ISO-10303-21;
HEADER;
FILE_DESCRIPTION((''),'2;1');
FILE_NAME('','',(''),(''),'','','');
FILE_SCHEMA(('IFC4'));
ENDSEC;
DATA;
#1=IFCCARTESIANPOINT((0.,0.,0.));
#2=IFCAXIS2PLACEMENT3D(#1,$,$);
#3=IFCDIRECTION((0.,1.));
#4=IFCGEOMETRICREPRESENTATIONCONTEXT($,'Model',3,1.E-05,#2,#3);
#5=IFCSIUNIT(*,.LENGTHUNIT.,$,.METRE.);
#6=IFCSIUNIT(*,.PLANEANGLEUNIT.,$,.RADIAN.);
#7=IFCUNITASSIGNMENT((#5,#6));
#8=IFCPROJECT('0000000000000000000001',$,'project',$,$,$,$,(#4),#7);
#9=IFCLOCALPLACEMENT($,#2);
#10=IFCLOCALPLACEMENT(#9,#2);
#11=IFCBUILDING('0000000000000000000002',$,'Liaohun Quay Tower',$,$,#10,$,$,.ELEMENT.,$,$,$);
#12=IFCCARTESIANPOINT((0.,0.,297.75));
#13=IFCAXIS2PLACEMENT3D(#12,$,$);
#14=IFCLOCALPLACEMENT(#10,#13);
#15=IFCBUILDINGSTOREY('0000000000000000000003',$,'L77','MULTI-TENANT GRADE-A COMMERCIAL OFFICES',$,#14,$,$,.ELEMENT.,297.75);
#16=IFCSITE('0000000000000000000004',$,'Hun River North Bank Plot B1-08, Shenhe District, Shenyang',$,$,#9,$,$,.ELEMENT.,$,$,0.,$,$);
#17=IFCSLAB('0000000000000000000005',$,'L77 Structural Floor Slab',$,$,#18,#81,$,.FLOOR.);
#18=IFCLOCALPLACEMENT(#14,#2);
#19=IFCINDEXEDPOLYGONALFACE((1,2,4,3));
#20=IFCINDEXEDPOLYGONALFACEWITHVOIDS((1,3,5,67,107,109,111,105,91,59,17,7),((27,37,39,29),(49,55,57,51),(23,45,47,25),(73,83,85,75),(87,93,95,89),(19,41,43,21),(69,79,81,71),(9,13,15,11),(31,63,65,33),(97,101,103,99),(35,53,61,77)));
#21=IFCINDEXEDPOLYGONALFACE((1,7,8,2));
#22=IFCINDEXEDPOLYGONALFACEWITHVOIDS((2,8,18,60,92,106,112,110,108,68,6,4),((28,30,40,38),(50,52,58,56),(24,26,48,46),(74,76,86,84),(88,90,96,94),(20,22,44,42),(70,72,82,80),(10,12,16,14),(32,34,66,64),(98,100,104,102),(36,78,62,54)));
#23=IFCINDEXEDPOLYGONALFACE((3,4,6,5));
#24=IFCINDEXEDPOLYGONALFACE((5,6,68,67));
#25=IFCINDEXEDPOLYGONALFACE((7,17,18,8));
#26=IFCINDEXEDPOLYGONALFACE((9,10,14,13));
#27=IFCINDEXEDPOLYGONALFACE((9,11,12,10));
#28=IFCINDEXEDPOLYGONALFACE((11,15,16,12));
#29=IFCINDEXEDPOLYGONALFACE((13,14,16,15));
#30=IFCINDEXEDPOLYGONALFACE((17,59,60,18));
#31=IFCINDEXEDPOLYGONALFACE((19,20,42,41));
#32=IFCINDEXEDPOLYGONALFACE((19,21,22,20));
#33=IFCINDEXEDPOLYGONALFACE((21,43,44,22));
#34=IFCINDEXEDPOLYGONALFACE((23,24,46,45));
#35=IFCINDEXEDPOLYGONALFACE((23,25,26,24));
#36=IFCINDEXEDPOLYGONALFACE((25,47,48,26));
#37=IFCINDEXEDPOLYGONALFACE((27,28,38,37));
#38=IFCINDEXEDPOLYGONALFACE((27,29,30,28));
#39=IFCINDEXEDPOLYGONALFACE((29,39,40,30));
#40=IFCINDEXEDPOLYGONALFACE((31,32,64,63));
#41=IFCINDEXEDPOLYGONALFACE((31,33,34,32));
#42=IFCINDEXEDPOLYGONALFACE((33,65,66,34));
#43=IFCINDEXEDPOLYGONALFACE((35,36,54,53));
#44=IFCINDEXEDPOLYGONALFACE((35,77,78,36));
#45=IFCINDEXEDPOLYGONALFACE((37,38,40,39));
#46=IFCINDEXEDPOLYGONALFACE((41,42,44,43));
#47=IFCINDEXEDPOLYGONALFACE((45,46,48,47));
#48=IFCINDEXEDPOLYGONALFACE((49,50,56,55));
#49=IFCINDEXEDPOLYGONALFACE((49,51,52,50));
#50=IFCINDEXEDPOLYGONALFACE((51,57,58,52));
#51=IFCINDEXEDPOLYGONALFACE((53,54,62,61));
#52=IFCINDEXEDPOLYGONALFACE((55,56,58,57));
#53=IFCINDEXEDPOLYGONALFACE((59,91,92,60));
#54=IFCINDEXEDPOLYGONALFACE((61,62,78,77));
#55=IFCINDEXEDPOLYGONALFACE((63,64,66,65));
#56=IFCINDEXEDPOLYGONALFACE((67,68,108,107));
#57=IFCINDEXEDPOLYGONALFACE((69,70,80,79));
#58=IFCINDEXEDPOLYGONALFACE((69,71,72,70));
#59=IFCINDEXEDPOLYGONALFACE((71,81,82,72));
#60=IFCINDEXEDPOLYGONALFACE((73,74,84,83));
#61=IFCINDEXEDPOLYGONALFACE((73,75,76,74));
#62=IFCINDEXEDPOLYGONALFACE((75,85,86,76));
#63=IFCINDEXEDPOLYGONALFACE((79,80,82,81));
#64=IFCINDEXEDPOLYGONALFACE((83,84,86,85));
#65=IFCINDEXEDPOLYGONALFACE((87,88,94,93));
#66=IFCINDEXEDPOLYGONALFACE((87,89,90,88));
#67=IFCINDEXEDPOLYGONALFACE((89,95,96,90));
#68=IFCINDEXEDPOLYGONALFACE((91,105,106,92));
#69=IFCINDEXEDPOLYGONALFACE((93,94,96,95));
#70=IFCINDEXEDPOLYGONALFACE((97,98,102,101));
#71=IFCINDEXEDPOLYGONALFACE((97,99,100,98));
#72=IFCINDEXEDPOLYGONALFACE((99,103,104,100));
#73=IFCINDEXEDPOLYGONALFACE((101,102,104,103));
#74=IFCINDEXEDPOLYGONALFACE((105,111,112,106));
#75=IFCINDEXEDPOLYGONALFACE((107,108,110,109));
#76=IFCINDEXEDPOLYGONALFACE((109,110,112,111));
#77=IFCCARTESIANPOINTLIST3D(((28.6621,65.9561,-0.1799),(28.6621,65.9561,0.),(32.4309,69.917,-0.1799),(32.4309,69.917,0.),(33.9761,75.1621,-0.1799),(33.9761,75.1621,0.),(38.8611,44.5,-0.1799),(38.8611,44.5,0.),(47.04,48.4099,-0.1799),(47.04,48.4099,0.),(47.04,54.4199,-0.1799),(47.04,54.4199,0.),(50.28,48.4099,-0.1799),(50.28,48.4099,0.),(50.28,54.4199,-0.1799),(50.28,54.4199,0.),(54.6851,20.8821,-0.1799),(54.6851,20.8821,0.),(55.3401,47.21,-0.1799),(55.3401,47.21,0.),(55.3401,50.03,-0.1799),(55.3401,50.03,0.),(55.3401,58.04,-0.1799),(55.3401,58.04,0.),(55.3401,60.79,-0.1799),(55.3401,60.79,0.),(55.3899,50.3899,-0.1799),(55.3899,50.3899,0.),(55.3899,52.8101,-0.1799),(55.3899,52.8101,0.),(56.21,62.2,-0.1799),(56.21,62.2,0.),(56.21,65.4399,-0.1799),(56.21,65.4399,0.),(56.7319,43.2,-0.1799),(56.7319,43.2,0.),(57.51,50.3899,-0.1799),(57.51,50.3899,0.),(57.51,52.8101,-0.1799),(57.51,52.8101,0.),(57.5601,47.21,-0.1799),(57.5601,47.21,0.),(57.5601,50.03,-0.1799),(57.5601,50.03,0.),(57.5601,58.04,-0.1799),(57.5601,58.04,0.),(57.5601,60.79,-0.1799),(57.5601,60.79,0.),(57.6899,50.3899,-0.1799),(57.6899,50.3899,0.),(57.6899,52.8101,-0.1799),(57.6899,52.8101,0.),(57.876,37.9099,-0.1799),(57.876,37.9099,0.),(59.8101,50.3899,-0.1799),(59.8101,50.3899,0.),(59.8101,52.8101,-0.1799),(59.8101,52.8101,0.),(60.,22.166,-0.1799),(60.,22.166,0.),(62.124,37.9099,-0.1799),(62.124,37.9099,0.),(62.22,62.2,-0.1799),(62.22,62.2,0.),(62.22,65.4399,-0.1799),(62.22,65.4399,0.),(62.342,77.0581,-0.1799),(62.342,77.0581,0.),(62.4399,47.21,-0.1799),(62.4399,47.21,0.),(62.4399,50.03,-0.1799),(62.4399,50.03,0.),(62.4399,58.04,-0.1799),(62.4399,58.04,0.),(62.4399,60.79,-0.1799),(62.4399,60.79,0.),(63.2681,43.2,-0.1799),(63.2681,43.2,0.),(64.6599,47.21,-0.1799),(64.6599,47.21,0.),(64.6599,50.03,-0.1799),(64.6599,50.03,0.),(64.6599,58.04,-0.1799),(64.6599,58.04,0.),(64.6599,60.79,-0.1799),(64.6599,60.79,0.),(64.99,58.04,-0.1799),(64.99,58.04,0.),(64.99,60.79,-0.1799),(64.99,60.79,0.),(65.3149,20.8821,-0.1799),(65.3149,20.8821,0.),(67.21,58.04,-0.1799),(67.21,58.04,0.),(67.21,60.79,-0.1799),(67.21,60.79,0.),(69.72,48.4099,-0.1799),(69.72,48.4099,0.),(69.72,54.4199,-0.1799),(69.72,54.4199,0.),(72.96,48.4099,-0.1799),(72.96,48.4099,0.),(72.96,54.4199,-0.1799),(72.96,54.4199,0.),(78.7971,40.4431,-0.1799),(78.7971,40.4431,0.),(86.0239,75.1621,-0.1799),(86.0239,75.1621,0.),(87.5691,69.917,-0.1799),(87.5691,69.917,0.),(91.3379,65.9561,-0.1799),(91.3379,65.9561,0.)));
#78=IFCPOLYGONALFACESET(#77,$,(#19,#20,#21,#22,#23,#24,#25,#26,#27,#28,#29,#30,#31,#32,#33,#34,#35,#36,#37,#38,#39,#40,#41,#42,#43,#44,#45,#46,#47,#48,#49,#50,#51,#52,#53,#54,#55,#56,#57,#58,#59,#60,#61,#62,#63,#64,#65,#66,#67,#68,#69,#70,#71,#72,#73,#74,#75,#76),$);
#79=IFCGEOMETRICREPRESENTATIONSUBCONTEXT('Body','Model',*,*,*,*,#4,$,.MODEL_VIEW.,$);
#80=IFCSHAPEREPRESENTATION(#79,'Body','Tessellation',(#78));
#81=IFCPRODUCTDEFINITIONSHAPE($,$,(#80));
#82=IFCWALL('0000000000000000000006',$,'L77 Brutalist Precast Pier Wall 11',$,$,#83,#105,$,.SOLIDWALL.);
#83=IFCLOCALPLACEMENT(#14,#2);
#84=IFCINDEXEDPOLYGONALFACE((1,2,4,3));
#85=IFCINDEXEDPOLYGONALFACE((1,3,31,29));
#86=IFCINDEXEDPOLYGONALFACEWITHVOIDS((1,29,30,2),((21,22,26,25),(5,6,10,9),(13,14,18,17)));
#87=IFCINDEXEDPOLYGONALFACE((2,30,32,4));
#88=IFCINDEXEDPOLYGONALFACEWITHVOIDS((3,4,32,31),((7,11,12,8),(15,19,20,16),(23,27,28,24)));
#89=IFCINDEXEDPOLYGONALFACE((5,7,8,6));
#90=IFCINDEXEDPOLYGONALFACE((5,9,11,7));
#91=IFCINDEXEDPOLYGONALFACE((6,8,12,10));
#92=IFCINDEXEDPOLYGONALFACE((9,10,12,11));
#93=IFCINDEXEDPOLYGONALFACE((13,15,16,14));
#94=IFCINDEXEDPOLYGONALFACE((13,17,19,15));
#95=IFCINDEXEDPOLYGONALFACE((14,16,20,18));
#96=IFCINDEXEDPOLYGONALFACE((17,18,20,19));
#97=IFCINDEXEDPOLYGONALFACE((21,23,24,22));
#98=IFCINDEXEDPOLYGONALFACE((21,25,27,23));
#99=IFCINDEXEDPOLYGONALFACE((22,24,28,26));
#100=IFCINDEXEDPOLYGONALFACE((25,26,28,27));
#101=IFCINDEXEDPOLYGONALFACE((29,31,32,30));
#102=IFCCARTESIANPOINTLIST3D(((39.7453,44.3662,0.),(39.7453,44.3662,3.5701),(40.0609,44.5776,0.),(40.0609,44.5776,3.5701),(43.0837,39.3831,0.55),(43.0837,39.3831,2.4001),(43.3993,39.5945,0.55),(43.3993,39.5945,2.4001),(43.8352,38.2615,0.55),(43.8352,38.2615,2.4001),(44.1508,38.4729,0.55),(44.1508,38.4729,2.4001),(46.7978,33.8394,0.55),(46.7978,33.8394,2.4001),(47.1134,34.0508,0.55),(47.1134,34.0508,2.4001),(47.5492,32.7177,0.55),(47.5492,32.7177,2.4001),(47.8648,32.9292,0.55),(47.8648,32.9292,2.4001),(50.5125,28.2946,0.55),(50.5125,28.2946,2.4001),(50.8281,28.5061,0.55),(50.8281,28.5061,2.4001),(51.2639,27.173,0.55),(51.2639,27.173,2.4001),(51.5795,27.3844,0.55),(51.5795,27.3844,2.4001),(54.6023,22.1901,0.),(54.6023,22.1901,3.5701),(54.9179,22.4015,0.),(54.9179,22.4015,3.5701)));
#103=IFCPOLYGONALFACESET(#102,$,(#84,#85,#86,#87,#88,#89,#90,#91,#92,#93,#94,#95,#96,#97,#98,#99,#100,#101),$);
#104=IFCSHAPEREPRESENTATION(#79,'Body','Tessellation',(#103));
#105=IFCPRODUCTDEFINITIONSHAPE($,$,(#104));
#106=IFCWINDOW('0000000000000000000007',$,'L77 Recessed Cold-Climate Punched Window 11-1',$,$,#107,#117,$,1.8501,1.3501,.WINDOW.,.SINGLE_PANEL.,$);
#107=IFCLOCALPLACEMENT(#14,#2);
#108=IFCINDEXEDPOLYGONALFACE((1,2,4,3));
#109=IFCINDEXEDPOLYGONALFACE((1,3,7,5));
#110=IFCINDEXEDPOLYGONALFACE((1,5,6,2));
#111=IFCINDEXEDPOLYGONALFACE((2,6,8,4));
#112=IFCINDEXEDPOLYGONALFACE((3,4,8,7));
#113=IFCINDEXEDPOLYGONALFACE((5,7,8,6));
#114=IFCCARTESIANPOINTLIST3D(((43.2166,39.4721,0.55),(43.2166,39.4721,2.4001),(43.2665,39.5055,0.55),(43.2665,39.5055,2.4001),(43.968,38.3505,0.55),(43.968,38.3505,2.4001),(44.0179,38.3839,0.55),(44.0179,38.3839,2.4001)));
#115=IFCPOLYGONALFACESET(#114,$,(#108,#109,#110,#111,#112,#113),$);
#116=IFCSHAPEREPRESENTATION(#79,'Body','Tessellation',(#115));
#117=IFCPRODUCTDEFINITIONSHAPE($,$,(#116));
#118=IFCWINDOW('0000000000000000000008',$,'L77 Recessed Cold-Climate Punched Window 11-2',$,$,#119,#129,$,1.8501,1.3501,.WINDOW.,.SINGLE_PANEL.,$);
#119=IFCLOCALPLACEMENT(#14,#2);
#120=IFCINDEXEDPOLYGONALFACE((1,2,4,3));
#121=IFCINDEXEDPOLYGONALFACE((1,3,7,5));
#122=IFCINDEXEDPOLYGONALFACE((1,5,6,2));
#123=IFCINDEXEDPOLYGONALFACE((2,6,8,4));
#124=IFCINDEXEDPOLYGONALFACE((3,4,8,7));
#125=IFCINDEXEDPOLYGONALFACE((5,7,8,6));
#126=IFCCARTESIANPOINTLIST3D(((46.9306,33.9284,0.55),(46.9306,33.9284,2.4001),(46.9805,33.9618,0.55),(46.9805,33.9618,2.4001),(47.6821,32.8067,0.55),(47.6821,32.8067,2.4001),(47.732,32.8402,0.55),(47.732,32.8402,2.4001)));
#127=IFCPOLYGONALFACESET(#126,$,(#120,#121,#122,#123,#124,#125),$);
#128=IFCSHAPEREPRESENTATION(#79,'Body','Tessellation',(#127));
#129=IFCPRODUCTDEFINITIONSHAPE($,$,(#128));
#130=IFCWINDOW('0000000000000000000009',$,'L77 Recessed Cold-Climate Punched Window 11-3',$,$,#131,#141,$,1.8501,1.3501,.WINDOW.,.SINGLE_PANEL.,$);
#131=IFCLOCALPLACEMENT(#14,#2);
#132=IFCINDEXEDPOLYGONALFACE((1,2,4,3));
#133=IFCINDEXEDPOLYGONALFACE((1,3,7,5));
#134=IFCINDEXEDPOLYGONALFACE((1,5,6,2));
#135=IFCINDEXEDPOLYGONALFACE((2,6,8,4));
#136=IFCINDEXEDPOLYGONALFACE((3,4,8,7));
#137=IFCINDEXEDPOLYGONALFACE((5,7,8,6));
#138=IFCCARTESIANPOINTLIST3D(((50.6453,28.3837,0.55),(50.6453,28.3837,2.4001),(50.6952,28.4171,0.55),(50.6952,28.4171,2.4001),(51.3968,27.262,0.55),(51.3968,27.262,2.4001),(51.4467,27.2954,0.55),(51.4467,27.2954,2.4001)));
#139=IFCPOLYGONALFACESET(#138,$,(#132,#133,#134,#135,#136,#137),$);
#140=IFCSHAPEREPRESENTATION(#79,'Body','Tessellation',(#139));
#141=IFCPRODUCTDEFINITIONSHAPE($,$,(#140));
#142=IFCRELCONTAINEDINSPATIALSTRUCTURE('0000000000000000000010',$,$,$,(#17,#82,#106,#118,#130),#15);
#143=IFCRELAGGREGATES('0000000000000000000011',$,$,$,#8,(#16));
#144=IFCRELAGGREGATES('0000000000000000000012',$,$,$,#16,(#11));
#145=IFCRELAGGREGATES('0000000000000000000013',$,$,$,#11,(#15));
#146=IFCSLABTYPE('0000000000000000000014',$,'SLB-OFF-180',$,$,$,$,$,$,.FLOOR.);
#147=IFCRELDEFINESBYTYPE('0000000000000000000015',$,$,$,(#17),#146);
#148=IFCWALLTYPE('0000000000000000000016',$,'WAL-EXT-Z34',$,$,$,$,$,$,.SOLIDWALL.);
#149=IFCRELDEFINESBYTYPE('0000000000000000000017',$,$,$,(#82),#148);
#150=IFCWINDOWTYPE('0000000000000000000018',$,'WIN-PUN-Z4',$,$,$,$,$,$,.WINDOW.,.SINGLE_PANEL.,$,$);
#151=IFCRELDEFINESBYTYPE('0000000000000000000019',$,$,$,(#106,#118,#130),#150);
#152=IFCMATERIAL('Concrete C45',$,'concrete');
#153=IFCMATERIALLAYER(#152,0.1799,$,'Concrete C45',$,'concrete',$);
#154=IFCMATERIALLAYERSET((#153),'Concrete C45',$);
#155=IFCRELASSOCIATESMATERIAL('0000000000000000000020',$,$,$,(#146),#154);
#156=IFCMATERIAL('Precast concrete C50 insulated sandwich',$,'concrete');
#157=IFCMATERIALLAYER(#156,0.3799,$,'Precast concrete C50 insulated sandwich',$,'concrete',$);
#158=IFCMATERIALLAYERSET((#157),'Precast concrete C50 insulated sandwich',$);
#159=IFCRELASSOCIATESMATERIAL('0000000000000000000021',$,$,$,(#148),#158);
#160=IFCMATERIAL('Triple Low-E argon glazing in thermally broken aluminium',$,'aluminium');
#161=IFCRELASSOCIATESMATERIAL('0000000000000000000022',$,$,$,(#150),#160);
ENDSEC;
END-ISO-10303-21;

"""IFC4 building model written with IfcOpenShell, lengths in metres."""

from ifc_helpers import new_model, si_unit, direction, frame, frame_2d, origin, place, context, subcontext, project, spatial, polyline, rectangle, outline, extrude, source, transform, mapped, material, layer, layer_set, type_object, element, fill, save


model = new_model("IFC4")

# Units and contexts
model_context = context("Model", 3, precision=1e-05, world=origin(), true_north=direction((0.0, 1.0)))
body_context = subcontext(model_context, "Body", "Model", "MODEL_VIEW")
ifc_project = project(units=[si_unit("LENGTHUNIT", "METRE"), si_unit("PLANEANGLEUNIT", "RADIAN")], contexts=[model_context])

# Site, building, storey
site_placement = place(None, origin())
site = spatial("IfcSite", under=ifc_project, at=site_placement, Name="Hun River North Bank Plot B1-08, Shenhe District, Shenyang", CompositionType="ELEMENT", RefElevation=0.0)
building_placement = place(site_placement, origin())
building = spatial("IfcBuilding", under=site, at=building_placement, Name="Liaohun Quay Tower", CompositionType="ELEMENT")
storey_placement = place(building_placement, frame((0.0, 0.0, 297.75)))
storey = spatial("IfcBuildingStorey", under=building, at=storey_placement, Name="L77", Description="MULTI-TENANT GRADE-A COMMERCIAL OFFICES", CompositionType="ELEMENT", Elevation=297.75)

# Shared definitions
ifc_material_1 = material(Name="Concrete C45", Category="concrete")

# Slab
ifc_layer_1 = layer(ifc_material_1, 0.1799, Name="Concrete C45", Category="concrete")
ifc_layer_set_1 = layer_set([ifc_layer_1], Name="Concrete C45")
slab_type_1 = type_object("IfcSlabType", Name="SLB-OFF-180", PredefinedType="FLOOR", material=ifc_layer_set_1)
slab_1_placement = place(storey_placement, frame((0.0, 0.0, -0.1799)))
element("IfcSlab", 1, at=slab_1_placement, inside=storey, type_object=slab_type_1, Name="L77 Structural Floor Slab", PredefinedType="FLOOR", context=body_context, shape_type="SweptSolid", body=[
    extrude(outline(polyline([(54.6851, 20.8821), (60.0, 22.166), (65.3149, 20.8821), (78.7971, 40.4431), (91.3379, 65.9561), (87.5691, 69.917), (86.0239, 75.1621), (62.342, 77.0581), (33.9761, 75.1621), (32.4309, 69.917), (28.6621, 65.9561), (38.8611, 44.5), (54.6851, 20.8821)]), holes=[polyline([(57.5601, 50.03), (55.3401, 50.03), (55.3401, 47.21), (57.5601, 47.21), (57.5601, 50.03)]), polyline([(47.04, 54.4199), (47.04, 48.4099), (50.28, 48.4099), (50.28, 54.4199), (47.04, 54.4199)]), polyline([(57.51, 52.8101), (55.3899, 52.8101), (55.3899, 50.3899), (57.51, 50.3899), (57.51, 52.8101)]), polyline([(59.8101, 50.3899), (59.8101, 52.8101), (57.6899, 52.8101), (57.6899, 50.3899), (59.8101, 50.3899)]), polyline([(57.5601, 58.04), (57.5601, 60.79), (55.3401, 60.79), (55.3401, 58.04), (57.5601, 58.04)]), polyline([(62.22, 65.4399), (56.21, 65.4399), (56.21, 62.2), (62.22, 62.2), (62.22, 65.4399)]), polyline([(62.124, 37.9099), (63.2681, 43.2), (56.7319, 43.2), (57.876, 37.9099), (62.124, 37.9099)]), polyline([(64.6599, 47.21), (64.6599, 50.03), (62.4399, 50.03), (62.4399, 47.21), (64.6599, 47.21)]), polyline([(69.72, 54.4199), (69.72, 48.4099), (72.96, 48.4099), (72.96, 54.4199), (69.72, 54.4199)]), polyline([(64.6599, 58.04), (64.6599, 60.79), (62.4399, 60.79), (62.4399, 58.04), (64.6599, 58.04)]), polyline([(67.21, 58.04), (67.21, 60.79), (64.99, 60.79), (64.99, 58.04), (67.21, 58.04)])]), origin(), (0.0, 0.0, 1.0), 0.1799),
])

# Wall, openings, windows
ifc_material_2 = material(Name="Precast concrete C50 insulated sandwich", Category="concrete")
ifc_layer_2 = layer(ifc_material_2, 0.3799, Name="Precast concrete C50 insulated sandwich", Category="concrete")
ifc_layer_set_2 = layer_set([ifc_layer_2], Name="Precast concrete C50 insulated sandwich")
wall_type_1 = type_object("IfcWallType", Name="WAL-EXT-Z34", PredefinedType="SOLIDWALL", material=ifc_layer_set_2)
wall_1_placement = place(storey_placement, frame((39.9031, 44.4719, 0.0), z_axis=(0.0, 0.0, 1.0), x_axis=(0.55659, -0.830787, 0.0)))
wall_1 = element("IfcWall", 2, at=wall_1_placement, inside=storey, type_object=wall_type_1, Name="L77 Brutalist Precast Pier Wall 11", PredefinedType="SOLIDWALL", context=body_context, shape_type="SweptSolid", body=[
    extrude(rectangle(XDim=26.6929, YDim=0.3799, at=frame_2d((13.3464, 0.0))), origin(), (0.0, 0.0, 1.0), 3.5701),
])
shared_shape_1 = source(origin(), body_context, "Body", "SweptSolid", [
    extrude(rectangle(XDim=1.3501, YDim=1.8501, at=frame_2d((0.675, 0.925))), frame((0.0, 0.2, 0.0), z_axis=(0.0, -1.0, 0.0), x_axis=(1.0, 0.0, 0.0)), (0.0, 0.0, 1.0), 0.3999),
])
opening_1_placement = place(wall_1_placement, frame((5.998, 0.0, 0.55)))
opening_1 = element("IfcOpeningElement", 3, at=opening_1_placement, cuts=wall_1, PredefinedType="OPENING", context=body_context, shape_type="MappedRepresentation", body=[
    mapped(shared_shape_1, transform((0.0, 0.0, 0.0), x_axis=(1.0, 0.0, 0.0), y_axis=(0.0, 1.0, 0.0), z_axis=(0.0, 0.0, 1.0), scale=1.0)),
])
opening_2_placement = place(wall_1_placement, frame((12.6709, 0.0, 0.55)))
opening_2 = element("IfcOpeningElement", 4, at=opening_2_placement, cuts=wall_1, PredefinedType="OPENING", context=body_context, shape_type="MappedRepresentation", body=[
    mapped(shared_shape_1, transform((0.0, 0.0, 0.0), x_axis=(1.0, 0.0, 0.0), y_axis=(0.0, 1.0, 0.0), z_axis=(0.0, 0.0, 1.0), scale=1.0)),
])
opening_3_placement = place(wall_1_placement, frame((19.345, 0.0, 0.55)))
opening_3 = element("IfcOpeningElement", 5, at=opening_3_placement, cuts=wall_1, PredefinedType="OPENING", context=body_context, shape_type="MappedRepresentation", body=[
    mapped(shared_shape_1, transform((0.0, 0.0, 0.0), x_axis=(1.0, 0.0, 0.0), y_axis=(0.0, 1.0, 0.0), z_axis=(0.0, 0.0, 1.0), scale=1.0)),
])
ifc_material_3 = material(Name="Triple Low-E argon glazing in thermally broken aluminium", Category="aluminium")
window_type = type_object("IfcWindowType", Name="WIN-PUN-Z4", PartitioningType="SINGLE_PANEL", PredefinedType="WINDOW", material=ifc_material_3)
shared_shape_2 = source(origin(), body_context, "Body", "SweptSolid", [
    extrude(rectangle(XDim=1.3501, YDim=1.8501, at=frame_2d((0.675, 0.925))), frame((0.0, 0.03, 0.0), z_axis=(0.0, -1.0, 0.0), x_axis=(1.0, 0.0, 0.0)), (0.0, 0.0, 1.0), 0.0601),
])
window_1_placement = place(opening_1_placement, origin())
window_1 = element("IfcWindow", 6, at=window_1_placement, inside=storey, type_object=window_type, Name="L77 Recessed Cold-Climate Punched Window 11-1", OverallHeight=1.8501, OverallWidth=1.3501, PartitioningType="SINGLE_PANEL", PredefinedType="WINDOW", context=body_context, shape_type="MappedRepresentation", body=[
    mapped(shared_shape_2, transform((0.0, 0.0, 0.0), x_axis=(1.0, 0.0, 0.0), y_axis=(0.0, 1.0, 0.0), z_axis=(0.0, 0.0, 1.0), scale=1.0)),
])
fill(opening_1, window_1)
window_2_placement = place(opening_2_placement, origin())
window_2 = element("IfcWindow", 7, at=window_2_placement, inside=storey, type_object=window_type, Name="L77 Recessed Cold-Climate Punched Window 11-2", OverallHeight=1.8501, OverallWidth=1.3501, PartitioningType="SINGLE_PANEL", PredefinedType="WINDOW", context=body_context, shape_type="MappedRepresentation", body=[
    mapped(shared_shape_2, transform((0.0, 0.0, 0.0), x_axis=(1.0, 0.0, 0.0), y_axis=(0.0, 1.0, 0.0), z_axis=(0.0, 0.0, 1.0), scale=1.0)),
])
fill(opening_2, window_2)
window_3_placement = place(opening_3_placement, origin())
window_3 = element("IfcWindow", 8, at=window_3_placement, inside=storey, type_object=window_type, Name="L77 Recessed Cold-Climate Punched Window 11-3", OverallHeight=1.8501, OverallWidth=1.3501, PartitioningType="SINGLE_PANEL", PredefinedType="WINDOW", context=body_context, shape_type="MappedRepresentation", body=[
    mapped(shared_shape_2, transform((0.0, 0.0, 0.0), x_axis=(1.0, 0.0, 0.0), y_axis=(0.0, 1.0, 0.0), z_axis=(0.0, 0.0, 1.0), scale=1.0)),
])
fill(opening_3, window_3)

save(model, "model.ifc")
